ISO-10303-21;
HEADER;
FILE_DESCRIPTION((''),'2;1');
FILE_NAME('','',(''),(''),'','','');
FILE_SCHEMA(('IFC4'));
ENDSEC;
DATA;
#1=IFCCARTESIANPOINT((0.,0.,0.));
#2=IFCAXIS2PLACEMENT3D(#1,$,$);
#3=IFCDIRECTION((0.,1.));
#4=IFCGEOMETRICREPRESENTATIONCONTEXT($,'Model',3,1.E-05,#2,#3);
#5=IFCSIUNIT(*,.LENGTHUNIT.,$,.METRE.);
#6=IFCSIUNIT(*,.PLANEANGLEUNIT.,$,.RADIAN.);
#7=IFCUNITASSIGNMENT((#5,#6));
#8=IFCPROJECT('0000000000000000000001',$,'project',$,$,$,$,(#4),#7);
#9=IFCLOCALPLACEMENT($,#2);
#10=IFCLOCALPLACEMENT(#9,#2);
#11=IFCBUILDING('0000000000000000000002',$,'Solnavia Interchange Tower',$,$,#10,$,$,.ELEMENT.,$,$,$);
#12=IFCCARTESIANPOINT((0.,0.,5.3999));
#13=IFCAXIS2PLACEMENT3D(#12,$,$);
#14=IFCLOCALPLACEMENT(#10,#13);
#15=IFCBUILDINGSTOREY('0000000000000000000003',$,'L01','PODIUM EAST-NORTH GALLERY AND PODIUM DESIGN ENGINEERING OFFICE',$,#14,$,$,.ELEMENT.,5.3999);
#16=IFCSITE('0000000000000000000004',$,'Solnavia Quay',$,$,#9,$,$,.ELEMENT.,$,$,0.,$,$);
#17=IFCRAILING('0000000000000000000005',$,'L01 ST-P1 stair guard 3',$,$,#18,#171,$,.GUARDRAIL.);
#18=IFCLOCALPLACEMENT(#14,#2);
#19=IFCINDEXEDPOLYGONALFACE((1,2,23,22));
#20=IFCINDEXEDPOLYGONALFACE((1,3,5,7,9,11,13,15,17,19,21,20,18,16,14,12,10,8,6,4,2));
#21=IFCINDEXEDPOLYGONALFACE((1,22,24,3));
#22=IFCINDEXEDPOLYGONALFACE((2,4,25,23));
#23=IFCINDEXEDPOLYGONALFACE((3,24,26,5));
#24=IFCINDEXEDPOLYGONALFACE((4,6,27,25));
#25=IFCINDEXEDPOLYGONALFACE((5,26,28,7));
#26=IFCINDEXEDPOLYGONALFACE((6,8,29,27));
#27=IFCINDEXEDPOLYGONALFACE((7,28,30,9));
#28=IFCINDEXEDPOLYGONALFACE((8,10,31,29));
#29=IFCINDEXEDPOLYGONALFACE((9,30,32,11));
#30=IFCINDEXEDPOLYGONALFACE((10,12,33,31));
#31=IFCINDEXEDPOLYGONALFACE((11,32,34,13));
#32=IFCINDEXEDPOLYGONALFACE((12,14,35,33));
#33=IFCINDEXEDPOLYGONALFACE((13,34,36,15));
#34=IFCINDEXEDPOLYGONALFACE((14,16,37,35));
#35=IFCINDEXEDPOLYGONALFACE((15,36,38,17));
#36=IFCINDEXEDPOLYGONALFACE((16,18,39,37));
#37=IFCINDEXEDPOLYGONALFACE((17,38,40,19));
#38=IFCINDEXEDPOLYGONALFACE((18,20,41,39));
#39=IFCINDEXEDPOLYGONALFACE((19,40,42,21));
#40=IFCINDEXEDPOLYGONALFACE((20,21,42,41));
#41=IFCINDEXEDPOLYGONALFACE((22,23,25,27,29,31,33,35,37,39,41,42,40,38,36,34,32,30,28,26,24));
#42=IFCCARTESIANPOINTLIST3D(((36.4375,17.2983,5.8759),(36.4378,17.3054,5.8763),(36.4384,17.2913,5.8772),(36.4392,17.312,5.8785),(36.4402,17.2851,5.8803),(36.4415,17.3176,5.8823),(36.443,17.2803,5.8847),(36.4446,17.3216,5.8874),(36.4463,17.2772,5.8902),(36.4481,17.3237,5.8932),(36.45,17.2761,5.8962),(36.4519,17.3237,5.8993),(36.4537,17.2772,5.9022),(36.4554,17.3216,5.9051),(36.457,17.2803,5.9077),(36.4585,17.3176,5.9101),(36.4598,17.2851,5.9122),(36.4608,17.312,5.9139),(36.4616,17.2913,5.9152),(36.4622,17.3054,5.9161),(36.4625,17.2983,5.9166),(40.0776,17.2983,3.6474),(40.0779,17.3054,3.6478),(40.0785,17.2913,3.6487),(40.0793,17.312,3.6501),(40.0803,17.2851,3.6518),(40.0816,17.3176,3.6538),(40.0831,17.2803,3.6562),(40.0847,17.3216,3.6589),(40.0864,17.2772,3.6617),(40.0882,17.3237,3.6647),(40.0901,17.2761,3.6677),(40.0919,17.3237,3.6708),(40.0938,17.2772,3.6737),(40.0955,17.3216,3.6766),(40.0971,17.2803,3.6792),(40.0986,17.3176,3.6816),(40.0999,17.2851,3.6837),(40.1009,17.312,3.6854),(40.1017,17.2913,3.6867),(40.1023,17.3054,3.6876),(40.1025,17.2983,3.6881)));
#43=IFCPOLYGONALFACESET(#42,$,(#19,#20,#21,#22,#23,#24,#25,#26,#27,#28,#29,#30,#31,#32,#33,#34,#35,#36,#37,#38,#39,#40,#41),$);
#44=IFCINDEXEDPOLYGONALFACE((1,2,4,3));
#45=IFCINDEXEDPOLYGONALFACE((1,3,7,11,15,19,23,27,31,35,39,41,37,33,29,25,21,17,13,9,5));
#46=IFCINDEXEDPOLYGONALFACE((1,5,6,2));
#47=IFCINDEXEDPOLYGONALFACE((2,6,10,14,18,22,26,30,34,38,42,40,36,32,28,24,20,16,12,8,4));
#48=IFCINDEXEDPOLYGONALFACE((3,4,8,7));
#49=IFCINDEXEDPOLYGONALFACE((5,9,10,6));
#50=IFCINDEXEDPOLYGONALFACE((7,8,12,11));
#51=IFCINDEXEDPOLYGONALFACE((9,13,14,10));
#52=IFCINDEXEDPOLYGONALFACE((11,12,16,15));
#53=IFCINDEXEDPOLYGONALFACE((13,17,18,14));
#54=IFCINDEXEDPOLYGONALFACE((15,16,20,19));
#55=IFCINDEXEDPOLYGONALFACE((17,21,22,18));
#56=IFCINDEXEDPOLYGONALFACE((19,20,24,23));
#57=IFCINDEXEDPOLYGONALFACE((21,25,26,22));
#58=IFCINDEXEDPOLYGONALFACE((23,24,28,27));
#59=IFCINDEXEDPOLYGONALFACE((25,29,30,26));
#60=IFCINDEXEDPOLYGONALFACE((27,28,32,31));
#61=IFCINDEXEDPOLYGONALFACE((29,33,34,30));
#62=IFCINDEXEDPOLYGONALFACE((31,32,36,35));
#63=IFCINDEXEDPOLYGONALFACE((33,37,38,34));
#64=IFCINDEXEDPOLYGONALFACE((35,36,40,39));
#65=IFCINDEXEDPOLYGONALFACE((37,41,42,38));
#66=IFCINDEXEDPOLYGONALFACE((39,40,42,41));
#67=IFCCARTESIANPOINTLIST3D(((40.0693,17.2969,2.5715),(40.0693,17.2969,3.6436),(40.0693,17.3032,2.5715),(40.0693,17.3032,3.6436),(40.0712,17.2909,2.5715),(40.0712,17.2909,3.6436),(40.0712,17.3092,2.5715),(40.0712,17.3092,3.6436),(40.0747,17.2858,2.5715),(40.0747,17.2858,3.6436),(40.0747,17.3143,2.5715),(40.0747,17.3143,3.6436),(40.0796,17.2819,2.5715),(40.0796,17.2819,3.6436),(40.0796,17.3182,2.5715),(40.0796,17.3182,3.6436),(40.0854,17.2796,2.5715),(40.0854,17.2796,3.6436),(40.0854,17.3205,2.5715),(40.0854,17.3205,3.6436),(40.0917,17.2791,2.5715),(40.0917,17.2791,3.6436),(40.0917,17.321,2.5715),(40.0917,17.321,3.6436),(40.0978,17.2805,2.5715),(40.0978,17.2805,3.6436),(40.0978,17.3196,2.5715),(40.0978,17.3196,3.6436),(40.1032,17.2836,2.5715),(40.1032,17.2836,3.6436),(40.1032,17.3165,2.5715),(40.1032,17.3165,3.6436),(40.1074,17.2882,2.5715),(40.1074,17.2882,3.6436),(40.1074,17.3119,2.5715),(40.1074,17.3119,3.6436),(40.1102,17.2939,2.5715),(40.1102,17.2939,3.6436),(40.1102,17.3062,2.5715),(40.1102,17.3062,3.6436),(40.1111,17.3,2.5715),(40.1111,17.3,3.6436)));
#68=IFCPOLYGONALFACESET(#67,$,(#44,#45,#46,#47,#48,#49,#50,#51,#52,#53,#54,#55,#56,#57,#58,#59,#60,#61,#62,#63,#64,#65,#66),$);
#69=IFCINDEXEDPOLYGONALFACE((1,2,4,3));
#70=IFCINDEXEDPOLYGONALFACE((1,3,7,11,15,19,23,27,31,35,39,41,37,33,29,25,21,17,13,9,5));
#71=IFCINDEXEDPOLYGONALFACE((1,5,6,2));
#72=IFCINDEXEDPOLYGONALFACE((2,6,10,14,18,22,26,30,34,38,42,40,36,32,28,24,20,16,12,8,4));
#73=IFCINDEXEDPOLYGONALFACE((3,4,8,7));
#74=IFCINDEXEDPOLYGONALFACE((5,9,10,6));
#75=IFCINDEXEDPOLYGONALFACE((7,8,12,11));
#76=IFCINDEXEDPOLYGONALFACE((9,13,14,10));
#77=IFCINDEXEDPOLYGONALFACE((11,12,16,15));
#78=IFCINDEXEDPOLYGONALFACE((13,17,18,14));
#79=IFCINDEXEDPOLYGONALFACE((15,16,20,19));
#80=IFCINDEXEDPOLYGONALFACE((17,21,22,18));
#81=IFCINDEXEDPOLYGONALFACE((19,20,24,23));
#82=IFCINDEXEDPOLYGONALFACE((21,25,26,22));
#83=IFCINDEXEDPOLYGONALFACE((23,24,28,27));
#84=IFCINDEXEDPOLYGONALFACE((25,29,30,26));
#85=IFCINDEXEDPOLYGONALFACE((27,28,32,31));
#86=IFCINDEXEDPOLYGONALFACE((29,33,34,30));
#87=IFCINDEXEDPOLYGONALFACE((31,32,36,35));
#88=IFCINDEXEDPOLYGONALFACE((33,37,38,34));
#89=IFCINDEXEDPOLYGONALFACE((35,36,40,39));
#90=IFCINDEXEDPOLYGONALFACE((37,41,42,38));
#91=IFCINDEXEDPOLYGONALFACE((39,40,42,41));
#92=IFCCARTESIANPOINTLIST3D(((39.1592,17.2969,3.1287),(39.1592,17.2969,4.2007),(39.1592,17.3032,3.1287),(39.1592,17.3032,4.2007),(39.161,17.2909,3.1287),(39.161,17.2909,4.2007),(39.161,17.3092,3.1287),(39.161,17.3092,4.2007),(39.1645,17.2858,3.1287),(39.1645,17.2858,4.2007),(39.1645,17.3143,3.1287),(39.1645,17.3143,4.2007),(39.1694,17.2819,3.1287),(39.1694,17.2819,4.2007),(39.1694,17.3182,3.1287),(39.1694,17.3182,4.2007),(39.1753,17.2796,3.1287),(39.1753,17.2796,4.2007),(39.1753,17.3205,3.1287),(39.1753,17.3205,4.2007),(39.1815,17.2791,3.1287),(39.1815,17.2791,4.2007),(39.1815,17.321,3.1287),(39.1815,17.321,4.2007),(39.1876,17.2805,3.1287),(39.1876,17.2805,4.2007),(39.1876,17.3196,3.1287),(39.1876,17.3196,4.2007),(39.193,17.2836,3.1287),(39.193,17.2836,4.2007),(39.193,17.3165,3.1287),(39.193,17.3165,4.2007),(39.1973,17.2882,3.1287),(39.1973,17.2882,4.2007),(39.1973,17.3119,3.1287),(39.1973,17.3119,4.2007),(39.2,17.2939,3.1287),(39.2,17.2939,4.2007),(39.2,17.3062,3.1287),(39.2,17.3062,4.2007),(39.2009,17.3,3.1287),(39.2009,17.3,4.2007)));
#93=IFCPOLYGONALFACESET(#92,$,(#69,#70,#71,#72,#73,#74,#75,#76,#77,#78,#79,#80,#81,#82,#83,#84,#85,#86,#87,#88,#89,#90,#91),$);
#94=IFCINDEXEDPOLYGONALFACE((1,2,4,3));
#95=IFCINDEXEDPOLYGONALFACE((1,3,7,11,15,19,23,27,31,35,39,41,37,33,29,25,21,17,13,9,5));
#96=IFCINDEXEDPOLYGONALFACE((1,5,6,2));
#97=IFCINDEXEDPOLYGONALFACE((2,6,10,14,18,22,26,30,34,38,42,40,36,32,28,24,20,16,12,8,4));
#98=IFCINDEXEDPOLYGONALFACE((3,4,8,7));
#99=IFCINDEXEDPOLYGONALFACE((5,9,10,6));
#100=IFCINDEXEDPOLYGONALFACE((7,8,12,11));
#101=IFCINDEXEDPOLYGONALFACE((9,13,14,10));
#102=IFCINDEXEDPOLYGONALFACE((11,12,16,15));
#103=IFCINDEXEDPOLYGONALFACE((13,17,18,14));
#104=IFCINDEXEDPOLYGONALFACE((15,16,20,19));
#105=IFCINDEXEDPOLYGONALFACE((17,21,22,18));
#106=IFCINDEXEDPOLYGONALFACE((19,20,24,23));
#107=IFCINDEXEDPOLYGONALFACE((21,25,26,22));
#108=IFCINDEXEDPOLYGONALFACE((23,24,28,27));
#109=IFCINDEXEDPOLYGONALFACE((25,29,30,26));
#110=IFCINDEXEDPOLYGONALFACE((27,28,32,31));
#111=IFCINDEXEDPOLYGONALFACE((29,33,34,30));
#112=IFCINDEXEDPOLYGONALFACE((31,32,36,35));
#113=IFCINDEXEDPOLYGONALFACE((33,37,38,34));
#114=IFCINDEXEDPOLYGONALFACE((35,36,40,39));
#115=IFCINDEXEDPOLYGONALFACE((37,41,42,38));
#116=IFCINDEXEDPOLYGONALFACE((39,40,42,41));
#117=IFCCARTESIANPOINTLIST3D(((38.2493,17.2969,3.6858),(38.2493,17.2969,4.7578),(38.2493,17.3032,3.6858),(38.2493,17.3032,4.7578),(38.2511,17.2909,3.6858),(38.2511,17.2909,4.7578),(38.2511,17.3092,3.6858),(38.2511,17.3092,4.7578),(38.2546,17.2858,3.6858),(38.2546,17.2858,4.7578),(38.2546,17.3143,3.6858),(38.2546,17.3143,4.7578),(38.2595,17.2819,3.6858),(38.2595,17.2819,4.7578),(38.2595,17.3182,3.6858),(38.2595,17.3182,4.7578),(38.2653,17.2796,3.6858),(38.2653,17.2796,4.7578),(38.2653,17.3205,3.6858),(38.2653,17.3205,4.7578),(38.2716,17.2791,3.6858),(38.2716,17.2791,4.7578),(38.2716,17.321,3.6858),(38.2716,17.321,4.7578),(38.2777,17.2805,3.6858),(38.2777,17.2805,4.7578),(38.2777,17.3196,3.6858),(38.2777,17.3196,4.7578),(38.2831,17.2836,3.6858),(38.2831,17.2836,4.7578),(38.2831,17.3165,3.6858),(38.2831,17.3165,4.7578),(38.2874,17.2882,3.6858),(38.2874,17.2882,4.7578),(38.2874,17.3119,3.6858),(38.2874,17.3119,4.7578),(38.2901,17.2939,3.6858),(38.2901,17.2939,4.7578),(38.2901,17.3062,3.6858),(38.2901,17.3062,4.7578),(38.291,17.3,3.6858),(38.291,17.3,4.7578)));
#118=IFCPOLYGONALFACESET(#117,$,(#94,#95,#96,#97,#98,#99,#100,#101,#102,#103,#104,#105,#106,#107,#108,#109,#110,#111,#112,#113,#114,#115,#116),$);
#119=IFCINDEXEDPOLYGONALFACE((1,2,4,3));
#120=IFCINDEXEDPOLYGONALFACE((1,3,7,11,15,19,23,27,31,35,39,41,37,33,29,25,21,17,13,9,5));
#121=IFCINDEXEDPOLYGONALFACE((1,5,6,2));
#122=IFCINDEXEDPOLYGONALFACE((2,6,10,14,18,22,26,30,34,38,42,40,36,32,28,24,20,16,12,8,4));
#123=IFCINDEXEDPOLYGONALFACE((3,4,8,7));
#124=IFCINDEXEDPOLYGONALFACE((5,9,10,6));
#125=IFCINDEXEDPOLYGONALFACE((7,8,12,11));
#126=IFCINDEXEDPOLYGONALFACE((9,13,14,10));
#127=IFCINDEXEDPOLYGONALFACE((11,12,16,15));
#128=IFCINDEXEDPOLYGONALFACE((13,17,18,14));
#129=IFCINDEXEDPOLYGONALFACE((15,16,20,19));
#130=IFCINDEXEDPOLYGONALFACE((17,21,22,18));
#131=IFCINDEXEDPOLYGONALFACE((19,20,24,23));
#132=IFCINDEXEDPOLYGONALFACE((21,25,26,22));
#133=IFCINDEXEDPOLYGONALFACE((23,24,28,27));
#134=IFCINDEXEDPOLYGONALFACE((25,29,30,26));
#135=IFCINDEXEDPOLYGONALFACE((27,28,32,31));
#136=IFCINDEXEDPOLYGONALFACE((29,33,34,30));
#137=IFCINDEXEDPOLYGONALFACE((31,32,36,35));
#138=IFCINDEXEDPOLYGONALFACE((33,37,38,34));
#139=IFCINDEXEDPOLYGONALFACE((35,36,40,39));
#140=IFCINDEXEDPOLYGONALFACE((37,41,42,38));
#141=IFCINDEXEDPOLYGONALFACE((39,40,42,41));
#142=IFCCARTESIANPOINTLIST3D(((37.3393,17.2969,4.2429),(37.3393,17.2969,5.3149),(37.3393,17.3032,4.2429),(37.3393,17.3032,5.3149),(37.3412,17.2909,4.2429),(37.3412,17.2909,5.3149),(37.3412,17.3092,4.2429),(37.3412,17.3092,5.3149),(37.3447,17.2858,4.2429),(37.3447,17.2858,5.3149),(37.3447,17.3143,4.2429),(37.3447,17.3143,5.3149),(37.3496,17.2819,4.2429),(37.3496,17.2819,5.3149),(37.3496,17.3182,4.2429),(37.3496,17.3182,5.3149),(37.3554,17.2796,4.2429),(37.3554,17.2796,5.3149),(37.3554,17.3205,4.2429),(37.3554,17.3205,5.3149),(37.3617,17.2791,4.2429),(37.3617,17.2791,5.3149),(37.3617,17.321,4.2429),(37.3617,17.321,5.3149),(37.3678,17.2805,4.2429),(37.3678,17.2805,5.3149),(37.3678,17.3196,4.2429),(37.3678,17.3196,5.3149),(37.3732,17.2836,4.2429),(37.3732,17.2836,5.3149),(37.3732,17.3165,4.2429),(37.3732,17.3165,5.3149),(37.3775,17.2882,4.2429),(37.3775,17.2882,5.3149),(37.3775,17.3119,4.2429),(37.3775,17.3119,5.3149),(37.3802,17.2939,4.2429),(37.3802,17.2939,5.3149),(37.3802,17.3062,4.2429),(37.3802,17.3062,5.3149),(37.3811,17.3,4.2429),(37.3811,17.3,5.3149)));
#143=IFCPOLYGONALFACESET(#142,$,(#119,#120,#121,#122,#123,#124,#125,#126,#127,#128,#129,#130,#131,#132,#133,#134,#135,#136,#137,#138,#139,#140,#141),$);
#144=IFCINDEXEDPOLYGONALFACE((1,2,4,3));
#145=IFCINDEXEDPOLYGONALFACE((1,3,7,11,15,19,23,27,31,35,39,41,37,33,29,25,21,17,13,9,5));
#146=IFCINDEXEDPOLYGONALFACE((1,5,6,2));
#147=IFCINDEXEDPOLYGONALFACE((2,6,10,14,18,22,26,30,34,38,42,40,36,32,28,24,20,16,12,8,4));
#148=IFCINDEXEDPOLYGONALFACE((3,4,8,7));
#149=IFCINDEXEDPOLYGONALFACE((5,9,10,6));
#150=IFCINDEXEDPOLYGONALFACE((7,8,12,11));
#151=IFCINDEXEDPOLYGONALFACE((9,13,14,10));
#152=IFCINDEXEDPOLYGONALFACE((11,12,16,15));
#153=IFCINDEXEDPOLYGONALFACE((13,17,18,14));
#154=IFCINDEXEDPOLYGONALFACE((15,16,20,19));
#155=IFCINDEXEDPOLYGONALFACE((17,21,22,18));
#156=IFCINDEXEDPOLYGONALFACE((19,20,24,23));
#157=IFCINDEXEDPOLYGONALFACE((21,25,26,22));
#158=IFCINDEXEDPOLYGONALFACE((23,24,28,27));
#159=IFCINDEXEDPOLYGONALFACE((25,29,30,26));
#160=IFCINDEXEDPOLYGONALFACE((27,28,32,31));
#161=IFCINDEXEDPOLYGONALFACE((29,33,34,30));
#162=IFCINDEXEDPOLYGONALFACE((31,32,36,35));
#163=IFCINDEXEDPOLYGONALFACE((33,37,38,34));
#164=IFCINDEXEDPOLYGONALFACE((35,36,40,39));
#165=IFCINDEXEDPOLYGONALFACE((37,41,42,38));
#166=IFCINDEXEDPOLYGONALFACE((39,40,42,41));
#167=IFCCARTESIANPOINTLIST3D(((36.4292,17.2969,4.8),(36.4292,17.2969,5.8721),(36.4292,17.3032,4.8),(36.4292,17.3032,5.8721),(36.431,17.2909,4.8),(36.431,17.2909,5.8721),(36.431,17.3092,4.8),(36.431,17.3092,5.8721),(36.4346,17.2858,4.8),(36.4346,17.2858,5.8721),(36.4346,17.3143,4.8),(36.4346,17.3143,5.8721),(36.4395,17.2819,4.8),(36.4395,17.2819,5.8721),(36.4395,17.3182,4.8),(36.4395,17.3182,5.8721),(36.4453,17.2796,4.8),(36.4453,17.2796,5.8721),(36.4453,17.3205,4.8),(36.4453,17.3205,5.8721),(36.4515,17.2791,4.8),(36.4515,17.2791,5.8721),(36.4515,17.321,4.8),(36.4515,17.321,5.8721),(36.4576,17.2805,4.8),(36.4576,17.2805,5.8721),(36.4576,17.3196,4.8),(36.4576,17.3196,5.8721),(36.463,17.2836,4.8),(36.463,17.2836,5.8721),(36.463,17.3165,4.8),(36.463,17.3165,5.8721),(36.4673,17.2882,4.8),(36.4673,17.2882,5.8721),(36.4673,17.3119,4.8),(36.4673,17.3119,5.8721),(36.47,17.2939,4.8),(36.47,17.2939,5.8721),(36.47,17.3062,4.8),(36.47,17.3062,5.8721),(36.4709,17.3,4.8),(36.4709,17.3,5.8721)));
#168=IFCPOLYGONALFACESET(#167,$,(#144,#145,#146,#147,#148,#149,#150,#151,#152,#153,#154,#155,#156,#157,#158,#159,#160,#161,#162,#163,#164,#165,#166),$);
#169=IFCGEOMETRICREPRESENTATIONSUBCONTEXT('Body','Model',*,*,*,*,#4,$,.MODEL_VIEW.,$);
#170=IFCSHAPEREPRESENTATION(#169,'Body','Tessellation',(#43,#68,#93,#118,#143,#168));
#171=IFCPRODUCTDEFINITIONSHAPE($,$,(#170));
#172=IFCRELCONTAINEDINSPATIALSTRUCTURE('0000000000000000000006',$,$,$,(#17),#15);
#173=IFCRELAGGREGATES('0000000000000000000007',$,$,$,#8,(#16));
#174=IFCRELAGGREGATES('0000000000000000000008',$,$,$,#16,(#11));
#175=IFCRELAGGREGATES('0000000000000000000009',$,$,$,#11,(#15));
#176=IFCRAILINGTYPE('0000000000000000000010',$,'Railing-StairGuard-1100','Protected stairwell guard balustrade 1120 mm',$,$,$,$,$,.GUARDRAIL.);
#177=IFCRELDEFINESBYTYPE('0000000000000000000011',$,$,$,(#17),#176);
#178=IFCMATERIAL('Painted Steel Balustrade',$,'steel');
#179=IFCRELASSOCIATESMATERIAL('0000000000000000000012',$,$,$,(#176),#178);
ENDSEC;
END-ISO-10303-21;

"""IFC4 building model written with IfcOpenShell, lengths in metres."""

from ifc_helpers import new_model, si_unit, direction, frame, origin, origin_2d, place, context, subcontext, project, spatial, circle, extrude, material, type_object, element, save


model = new_model("IFC4")

# Units and contexts
model_context = context("Model", 3, precision=1e-05, world=origin(), true_north=direction((0.0, 1.0)))
body_context = subcontext(model_context, "Body", "Model", "MODEL_VIEW")
ifc_project = project(units=[si_unit("LENGTHUNIT", "METRE"), si_unit("PLANEANGLEUNIT", "RADIAN")], contexts=[model_context])

# Site, building, storey
site_placement = place(None, origin())
site = spatial("IfcSite", under=ifc_project, at=site_placement, Name="Solnavia Quay", CompositionType="ELEMENT", RefElevation=0.0)
building_placement = place(site_placement, origin())
building = spatial("IfcBuilding", under=site, at=building_placement, Name="Solnavia Interchange Tower", CompositionType="ELEMENT")
storey_placement = place(building_placement, frame((0.0, 0.0, 5.3999)))
storey = spatial("IfcBuildingStorey", under=building, at=storey_placement, Name="L01", Description="PODIUM EAST-NORTH GALLERY AND PODIUM DESIGN ENGINEERING OFFICE", CompositionType="ELEMENT", Elevation=5.3999)

# Railing
ifc_material_1 = material(Name="Painted Steel Balustrade", Category="steel")
railing_type_1 = type_object("IfcRailingType", Name="Railing-StairGuard-1100", Description="Protected stairwell guard balustrade 1120 mm", PredefinedType="GUARDRAIL", material=ifc_material_1)
railing_1_placement = place(storey_placement, frame((40.0901, 17.3, 2.5715)))
element("IfcRailing", 1, at=railing_1_placement, inside=storey, type_object=railing_type_1, Name="L01 ST-P1 stair guard 3", PredefinedType="GUARDRAIL", context=body_context, shape_type="SweptSolid", body=[
    extrude(circle(Radius=0.0239, at=origin_2d()), frame((0.0, 0.0, 1.0962), z_axis=(-0.852866, 0.0, 0.52213), x_axis=(0.0, -1.0, 0.0)), (0.0, 0.0, 1.0), 4.2681),
    extrude(circle(Radius=0.021, at=origin_2d()), origin(), (0.0, 0.0, 1.0), 1.072),
    extrude(circle(Radius=0.021, at=origin_2d()), frame((-0.9102, 0.0, 0.5571)), (0.0, 0.0, 1.0), 1.072),
    extrude(circle(Radius=0.021, at=origin_2d()), frame((-1.8201, 0.0, 1.1143)), (0.0, 0.0, 1.0), 1.072),
    extrude(circle(Radius=0.021, at=origin_2d()), frame((-2.73, 0.0, 1.6714)), (0.0, 0.0, 1.0), 1.072),
    extrude(circle(Radius=0.021, at=origin_2d()), frame((-3.6401, 0.0, 2.2285)), (0.0, 0.0, 1.0), 1.072),
])

save(model, "model.ifc")
